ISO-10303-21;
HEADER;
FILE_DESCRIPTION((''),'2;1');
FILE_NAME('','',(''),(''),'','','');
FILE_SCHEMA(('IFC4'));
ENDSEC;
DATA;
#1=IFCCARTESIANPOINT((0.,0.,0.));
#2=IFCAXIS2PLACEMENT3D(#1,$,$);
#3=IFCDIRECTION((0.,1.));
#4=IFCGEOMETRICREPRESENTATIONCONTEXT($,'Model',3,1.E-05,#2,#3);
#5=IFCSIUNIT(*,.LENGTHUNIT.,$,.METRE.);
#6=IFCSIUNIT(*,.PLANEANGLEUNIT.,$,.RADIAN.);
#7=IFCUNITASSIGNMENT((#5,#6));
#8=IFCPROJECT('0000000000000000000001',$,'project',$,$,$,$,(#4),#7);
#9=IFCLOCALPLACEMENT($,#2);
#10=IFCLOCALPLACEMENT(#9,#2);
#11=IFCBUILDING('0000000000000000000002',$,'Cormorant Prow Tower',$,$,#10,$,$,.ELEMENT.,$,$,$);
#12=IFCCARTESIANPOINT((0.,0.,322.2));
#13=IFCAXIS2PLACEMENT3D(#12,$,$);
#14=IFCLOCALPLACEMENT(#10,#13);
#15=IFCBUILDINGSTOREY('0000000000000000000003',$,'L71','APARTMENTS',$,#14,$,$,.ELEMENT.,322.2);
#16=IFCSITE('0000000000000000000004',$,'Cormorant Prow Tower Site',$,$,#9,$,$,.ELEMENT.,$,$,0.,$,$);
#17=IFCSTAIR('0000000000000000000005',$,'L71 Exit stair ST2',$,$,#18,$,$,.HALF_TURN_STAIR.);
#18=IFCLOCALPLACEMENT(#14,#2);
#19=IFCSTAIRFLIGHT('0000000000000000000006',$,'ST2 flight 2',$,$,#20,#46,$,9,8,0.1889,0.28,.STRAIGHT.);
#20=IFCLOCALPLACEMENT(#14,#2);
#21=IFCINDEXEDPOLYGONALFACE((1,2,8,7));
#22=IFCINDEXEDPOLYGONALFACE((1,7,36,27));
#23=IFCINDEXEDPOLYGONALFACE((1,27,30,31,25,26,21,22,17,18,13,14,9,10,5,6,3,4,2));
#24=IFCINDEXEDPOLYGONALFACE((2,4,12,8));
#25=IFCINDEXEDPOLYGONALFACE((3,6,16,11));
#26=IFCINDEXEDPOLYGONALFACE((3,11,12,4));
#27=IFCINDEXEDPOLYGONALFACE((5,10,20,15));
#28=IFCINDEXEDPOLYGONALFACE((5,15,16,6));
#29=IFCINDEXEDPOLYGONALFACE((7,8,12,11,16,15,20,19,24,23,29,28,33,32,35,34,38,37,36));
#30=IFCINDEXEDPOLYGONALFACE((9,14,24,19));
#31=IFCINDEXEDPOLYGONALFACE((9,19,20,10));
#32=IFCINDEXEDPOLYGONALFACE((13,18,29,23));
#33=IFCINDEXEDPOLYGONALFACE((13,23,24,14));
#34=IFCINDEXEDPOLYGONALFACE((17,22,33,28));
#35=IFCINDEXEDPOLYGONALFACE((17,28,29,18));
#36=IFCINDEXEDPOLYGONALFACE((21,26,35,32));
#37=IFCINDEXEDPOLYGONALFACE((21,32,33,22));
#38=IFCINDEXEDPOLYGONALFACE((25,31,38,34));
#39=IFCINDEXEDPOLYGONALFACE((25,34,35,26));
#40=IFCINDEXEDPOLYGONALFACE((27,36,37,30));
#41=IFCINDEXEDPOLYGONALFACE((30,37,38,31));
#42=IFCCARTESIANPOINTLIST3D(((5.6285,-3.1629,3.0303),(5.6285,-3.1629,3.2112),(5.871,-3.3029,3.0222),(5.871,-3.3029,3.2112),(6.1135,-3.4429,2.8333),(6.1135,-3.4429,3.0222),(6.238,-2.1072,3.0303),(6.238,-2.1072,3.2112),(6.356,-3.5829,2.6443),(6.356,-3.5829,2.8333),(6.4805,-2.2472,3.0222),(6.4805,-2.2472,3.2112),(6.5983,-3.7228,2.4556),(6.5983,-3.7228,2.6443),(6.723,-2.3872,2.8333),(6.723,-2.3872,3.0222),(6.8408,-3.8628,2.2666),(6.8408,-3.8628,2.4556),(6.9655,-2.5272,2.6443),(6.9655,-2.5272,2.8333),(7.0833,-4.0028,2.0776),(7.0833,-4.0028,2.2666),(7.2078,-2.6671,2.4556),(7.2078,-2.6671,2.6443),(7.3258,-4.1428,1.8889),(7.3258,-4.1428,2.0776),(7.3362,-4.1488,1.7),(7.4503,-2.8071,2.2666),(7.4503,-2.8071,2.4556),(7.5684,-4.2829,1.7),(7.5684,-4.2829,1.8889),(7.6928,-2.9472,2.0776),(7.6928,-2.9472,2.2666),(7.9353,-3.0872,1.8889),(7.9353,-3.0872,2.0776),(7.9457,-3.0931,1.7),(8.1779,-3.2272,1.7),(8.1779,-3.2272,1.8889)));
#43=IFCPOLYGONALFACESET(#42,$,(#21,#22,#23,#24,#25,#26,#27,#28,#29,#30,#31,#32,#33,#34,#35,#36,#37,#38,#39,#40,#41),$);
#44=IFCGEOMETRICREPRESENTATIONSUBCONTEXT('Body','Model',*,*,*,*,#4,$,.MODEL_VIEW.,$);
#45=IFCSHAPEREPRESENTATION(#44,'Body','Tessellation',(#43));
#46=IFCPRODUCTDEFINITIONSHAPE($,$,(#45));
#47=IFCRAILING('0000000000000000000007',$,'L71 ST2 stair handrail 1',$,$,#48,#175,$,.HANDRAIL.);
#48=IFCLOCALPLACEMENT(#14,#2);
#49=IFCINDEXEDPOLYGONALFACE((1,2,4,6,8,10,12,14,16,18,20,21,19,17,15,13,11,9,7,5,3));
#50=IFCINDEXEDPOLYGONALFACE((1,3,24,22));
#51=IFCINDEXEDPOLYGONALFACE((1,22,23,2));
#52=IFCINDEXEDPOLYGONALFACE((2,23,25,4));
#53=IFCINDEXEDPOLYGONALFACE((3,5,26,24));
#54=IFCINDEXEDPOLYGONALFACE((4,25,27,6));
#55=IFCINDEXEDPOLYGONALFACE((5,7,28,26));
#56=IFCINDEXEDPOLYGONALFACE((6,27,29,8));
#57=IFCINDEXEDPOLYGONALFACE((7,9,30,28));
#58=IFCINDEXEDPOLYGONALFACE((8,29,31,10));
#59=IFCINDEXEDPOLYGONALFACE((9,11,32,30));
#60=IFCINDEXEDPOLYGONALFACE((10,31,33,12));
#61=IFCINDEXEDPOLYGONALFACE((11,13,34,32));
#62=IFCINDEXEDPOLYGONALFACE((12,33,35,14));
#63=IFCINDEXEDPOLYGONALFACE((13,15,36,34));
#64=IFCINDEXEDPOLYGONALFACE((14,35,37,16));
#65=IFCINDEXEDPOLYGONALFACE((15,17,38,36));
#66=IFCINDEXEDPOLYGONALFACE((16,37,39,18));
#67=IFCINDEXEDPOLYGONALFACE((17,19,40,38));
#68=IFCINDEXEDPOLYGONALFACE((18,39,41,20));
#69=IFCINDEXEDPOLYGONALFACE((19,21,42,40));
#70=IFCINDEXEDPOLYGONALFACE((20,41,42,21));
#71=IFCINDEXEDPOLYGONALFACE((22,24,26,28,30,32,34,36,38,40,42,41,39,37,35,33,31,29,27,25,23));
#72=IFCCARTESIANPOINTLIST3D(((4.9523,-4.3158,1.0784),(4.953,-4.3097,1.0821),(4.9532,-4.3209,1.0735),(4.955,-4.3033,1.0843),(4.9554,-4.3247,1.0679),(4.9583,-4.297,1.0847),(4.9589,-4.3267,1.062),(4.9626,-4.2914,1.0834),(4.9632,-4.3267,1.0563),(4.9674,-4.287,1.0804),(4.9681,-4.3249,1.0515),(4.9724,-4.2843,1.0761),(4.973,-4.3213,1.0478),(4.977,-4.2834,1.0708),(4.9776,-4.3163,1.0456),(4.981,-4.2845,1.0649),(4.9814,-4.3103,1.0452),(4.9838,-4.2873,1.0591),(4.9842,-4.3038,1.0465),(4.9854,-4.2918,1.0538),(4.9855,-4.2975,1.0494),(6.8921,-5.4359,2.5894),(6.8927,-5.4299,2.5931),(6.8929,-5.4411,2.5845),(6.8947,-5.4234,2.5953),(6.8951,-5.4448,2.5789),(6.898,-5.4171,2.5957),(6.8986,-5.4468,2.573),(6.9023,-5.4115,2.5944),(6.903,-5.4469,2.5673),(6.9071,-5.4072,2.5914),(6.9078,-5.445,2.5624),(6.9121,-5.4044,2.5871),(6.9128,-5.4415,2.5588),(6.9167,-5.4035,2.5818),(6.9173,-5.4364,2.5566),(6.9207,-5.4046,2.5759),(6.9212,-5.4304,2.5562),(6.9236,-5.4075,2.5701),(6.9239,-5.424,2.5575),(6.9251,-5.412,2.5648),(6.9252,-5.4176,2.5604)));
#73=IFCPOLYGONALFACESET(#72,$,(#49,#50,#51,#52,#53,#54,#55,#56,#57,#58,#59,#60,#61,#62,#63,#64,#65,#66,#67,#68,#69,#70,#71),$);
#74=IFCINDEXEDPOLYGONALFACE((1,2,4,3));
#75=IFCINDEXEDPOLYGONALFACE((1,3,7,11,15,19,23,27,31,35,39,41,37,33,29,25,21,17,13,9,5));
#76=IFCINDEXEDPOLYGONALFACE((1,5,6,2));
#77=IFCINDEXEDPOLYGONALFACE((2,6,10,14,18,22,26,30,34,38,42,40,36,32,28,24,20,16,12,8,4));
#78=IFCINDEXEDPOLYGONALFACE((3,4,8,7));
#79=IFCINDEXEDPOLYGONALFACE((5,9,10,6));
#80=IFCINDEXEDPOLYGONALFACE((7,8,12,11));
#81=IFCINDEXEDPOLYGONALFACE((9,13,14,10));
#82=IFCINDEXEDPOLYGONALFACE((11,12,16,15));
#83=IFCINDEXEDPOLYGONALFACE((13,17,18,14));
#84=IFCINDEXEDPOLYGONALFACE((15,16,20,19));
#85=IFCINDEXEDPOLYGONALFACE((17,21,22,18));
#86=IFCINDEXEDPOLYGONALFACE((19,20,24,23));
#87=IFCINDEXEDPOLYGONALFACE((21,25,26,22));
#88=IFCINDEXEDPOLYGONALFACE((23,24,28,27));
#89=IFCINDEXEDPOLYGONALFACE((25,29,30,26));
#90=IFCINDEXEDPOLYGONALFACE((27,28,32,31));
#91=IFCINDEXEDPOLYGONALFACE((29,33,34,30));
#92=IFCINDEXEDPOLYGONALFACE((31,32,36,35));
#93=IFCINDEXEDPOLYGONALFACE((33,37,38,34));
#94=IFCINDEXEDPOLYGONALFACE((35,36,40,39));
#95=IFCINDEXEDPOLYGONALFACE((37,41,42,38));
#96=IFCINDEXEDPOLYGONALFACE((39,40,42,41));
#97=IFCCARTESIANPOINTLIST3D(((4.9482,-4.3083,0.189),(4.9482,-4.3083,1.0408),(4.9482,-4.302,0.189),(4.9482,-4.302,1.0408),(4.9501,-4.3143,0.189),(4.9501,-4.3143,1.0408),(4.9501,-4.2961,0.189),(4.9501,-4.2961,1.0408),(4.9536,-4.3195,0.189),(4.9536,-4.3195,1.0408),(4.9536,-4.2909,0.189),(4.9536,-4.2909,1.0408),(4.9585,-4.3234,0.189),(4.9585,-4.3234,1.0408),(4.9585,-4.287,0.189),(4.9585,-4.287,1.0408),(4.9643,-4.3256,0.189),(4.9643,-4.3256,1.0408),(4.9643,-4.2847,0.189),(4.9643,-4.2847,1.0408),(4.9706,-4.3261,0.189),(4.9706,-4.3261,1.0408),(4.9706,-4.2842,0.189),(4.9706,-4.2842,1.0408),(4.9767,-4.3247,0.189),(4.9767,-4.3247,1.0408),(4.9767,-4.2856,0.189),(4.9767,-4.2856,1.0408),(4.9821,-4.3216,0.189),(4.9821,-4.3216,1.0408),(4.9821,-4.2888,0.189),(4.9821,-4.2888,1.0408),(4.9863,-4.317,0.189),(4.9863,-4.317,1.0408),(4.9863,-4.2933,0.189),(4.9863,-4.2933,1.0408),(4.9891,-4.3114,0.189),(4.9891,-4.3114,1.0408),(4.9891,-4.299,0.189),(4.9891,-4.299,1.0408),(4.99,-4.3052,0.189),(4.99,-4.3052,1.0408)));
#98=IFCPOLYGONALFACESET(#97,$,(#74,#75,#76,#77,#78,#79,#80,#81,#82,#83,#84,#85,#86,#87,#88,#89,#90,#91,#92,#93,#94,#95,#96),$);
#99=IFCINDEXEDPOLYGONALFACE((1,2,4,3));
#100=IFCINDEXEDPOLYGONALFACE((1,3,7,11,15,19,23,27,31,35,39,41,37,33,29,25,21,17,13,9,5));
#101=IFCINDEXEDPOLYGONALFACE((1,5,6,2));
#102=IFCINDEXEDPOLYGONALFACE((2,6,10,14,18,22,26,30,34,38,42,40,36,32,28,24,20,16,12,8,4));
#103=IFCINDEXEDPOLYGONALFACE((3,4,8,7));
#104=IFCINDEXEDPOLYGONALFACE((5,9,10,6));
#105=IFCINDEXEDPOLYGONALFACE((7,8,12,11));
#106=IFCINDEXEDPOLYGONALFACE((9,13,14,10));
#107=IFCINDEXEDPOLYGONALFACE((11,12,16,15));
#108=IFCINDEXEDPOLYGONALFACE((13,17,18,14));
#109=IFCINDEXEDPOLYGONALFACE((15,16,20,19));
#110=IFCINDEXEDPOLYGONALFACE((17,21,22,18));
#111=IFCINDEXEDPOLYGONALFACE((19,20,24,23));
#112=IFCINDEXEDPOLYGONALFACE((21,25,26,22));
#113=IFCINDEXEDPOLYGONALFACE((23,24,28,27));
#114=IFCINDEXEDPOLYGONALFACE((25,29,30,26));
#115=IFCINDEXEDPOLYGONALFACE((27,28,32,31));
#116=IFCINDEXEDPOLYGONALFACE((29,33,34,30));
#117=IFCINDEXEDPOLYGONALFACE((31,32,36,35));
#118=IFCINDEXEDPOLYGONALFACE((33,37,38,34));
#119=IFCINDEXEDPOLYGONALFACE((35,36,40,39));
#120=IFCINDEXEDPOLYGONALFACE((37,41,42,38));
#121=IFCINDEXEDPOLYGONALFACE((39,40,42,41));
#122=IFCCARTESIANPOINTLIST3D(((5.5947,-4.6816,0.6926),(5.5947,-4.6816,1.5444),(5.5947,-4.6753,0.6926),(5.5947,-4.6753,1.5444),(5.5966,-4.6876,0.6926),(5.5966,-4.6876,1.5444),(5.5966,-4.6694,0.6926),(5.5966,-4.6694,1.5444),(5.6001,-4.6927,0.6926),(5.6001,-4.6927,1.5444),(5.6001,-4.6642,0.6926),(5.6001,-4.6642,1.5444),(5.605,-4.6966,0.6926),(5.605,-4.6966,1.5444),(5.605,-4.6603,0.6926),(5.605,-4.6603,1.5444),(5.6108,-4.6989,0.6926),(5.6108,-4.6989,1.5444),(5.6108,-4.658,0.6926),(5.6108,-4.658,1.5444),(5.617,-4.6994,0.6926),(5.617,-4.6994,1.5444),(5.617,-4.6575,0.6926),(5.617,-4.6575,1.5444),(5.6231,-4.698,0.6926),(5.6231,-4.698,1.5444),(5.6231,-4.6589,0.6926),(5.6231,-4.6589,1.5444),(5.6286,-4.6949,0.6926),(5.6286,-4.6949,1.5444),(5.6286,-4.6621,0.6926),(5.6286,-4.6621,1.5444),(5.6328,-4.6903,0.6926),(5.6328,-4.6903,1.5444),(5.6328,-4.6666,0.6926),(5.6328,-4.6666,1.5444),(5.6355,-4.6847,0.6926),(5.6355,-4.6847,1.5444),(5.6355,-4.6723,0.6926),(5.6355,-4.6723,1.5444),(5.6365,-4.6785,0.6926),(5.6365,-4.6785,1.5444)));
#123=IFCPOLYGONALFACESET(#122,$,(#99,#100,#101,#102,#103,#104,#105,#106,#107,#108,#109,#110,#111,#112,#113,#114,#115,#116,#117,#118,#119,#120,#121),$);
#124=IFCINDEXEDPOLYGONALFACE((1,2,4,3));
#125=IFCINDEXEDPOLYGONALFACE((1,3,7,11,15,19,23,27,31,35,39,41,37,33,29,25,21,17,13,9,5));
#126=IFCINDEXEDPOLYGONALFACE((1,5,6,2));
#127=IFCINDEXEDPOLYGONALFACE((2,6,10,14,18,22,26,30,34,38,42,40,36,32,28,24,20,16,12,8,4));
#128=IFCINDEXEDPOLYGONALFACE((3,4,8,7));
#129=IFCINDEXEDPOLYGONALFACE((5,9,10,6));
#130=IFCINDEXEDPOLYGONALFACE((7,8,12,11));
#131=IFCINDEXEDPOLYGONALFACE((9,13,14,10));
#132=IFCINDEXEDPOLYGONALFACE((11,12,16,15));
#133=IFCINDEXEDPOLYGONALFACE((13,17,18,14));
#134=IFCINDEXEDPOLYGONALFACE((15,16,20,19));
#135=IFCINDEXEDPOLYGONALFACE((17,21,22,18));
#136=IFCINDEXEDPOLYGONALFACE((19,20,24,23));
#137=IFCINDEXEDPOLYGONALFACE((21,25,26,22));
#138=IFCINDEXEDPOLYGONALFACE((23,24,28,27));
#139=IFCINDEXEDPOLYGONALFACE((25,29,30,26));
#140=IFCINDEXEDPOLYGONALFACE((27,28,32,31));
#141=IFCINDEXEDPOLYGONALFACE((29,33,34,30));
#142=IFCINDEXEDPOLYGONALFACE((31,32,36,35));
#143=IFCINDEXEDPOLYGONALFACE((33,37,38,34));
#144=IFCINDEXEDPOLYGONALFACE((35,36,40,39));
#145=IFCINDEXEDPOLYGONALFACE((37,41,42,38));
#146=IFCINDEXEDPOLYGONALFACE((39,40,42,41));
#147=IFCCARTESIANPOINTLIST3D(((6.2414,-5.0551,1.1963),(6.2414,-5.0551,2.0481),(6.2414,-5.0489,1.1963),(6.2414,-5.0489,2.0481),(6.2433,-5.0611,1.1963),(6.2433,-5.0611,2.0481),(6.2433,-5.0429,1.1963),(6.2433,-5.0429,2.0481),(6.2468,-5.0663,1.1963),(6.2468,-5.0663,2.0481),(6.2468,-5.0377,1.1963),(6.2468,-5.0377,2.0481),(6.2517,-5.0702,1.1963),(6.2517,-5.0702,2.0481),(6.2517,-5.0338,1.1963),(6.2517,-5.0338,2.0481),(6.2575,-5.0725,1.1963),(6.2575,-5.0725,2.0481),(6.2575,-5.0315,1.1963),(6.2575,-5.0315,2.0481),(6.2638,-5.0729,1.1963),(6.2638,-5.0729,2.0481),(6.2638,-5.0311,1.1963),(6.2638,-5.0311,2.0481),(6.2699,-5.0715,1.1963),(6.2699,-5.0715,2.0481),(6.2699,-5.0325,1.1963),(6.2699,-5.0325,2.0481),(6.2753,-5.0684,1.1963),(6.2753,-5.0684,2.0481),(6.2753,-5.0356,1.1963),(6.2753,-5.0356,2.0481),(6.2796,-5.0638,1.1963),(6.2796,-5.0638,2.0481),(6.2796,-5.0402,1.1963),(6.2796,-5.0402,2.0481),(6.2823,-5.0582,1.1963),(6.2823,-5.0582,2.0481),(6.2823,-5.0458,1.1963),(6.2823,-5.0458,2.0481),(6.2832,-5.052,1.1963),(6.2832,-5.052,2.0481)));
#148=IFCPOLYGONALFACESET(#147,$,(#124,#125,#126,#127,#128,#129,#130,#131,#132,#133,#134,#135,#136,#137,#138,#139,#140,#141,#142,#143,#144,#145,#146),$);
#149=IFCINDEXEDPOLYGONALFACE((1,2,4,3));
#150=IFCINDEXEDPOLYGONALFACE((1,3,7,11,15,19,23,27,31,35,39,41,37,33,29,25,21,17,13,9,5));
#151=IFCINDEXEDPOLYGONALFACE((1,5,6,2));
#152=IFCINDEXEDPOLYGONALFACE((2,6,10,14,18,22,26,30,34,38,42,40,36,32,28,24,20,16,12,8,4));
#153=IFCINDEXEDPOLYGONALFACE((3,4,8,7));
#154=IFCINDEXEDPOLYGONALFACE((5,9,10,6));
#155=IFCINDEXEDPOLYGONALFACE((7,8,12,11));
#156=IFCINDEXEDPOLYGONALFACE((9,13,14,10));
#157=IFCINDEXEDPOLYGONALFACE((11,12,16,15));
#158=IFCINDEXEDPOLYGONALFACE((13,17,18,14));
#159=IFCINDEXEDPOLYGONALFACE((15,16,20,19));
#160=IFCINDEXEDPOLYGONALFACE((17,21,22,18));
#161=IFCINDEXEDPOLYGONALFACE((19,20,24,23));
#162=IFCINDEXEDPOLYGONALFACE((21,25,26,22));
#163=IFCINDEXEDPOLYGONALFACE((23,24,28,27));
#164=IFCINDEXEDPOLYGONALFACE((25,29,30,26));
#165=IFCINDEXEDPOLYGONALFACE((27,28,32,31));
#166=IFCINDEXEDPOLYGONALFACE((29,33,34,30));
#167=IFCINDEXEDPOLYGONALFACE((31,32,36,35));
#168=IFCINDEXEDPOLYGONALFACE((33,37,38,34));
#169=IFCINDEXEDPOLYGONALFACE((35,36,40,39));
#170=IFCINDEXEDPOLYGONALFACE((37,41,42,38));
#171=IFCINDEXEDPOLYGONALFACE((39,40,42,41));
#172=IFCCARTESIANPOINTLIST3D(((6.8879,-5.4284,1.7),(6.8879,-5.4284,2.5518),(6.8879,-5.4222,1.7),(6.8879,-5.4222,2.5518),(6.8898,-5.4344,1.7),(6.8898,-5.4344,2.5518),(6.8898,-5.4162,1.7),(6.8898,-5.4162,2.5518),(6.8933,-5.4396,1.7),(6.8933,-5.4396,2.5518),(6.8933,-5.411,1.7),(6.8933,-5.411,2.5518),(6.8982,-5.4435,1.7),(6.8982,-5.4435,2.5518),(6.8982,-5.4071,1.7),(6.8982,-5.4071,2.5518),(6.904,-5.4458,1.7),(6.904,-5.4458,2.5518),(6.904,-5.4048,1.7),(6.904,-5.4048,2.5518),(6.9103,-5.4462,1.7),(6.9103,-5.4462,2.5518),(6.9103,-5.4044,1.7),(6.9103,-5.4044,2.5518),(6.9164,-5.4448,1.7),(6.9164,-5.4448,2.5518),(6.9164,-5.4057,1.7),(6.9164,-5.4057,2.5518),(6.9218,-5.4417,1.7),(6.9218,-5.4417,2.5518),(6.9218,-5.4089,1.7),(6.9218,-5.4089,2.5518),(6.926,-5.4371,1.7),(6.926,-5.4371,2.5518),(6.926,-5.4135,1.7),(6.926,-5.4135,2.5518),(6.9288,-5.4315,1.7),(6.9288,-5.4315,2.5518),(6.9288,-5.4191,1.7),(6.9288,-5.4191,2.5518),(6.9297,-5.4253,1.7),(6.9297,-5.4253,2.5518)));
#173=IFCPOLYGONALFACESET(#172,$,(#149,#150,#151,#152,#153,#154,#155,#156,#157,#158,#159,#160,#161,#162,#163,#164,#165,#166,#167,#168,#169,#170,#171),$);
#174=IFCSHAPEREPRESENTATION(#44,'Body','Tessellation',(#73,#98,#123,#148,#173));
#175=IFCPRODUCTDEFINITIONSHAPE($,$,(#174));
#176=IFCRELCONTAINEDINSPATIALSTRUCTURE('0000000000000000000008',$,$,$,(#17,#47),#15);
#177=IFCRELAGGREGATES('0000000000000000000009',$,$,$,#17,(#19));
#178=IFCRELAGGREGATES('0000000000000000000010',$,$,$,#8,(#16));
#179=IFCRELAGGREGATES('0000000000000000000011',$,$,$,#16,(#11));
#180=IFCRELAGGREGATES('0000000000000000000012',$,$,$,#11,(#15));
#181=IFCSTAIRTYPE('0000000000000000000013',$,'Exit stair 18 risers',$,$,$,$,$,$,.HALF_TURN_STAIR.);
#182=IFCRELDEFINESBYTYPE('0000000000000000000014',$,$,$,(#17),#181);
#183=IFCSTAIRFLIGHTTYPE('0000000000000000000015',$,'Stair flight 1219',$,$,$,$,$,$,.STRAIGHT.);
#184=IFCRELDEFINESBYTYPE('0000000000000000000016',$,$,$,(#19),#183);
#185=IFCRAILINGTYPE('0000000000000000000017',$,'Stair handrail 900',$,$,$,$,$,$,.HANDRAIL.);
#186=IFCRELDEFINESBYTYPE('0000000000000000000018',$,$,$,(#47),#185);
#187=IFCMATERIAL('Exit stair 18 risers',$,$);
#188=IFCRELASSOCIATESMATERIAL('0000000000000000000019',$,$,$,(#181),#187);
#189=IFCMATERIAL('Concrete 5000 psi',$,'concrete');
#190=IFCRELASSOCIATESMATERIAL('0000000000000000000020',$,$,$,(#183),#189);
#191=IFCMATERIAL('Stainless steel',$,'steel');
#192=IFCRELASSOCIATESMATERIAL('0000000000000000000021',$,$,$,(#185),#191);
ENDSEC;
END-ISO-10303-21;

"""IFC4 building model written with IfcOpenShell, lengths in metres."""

from ifc_helpers import new_model, si_unit, direction, frame, origin, origin_2d, place, context, subcontext, project, spatial, polyline, circle, outline, extrude, material, type_object, element, aggregate, save


model = new_model("IFC4")

# Units and contexts
model_context = context("Model", 3, precision=1e-05, world=origin(), true_north=direction((0.0, 1.0)))
body_context = subcontext(model_context, "Body", "Model", "MODEL_VIEW")
ifc_project = project(units=[si_unit("LENGTHUNIT", "METRE"), si_unit("PLANEANGLEUNIT", "RADIAN")], contexts=[model_context])

# Site, building, storey
site_placement = place(None, origin())
site = spatial("IfcSite", under=ifc_project, at=site_placement, Name="Cormorant Prow Tower Site", CompositionType="ELEMENT", RefElevation=0.0)
building_placement = place(site_placement, origin())
building = spatial("IfcBuilding", under=site, at=building_placement, Name="Cormorant Prow Tower", CompositionType="ELEMENT")
storey_placement = place(building_placement, frame((0.0, 0.0, 322.2)))
storey = spatial("IfcBuildingStorey", under=building, at=storey_placement, Name="L71", Description="APARTMENTS", CompositionType="ELEMENT", Elevation=322.2)

# Stair, stair flight
ifc_material_1 = material(Name="Exit stair 18 risers")
stair_type = type_object("IfcStairType", Name="Exit stair 18 risers", PredefinedType="HALF_TURN_STAIR", material=ifc_material_1)
stair_placement = place(storey_placement, origin())
stair = element("IfcStair", 1, at=stair_placement, inside=storey, type_object=stair_type, Name="L71 Exit stair ST2", PredefinedType="HALF_TURN_STAIR")
ifc_material_2 = material(Name="Concrete 5000 psi", Category="concrete")
stair_flight_type = type_object("IfcStairFlightType", Name="Stair flight 1219", PredefinedType="STRAIGHT", material=ifc_material_2)
stair_flight_1_placement = place(storey_placement, frame((7.873, -3.7551, 1.7), z_axis=(0.0, 0.0, 1.0), x_axis=(-0.866025, 0.5, 0.0)))
stair_flight_1 = element("IfcStairFlight", 2, at=stair_flight_1_placement, type_object=stair_flight_type, Name="ST2 flight 2", NumberOfRisers=9, NumberOfTreads=8, PredefinedType="STRAIGHT", RiserHeight=0.1889, TreadLength=0.28, context=body_context, shape_type="SweptSolid", body=[
    extrude(outline(polyline([(0.0, 0.0), (0.0, 0.189), (0.28, 0.189), (0.28, 0.3777), (0.5601, 0.3777), (0.5601, 0.5667), (0.8401, 0.5667), (0.8401, 0.7556), (1.1201, 0.7556), (1.1201, 0.9443), (1.3999, 0.9443), (1.3999, 1.1333), (1.6799, 1.1333), (1.6799, 1.3223), (1.96, 1.3223), (1.96, 1.5112), (2.24, 1.5112), (2.24, 1.7), (2.24, 1.3303), (0.2681, 0.0), (0.0, 0.0)])), frame((0.0, 0.6094, 0.0), z_axis=(0.0, -1.0, 0.0), x_axis=(1.0, 0.0, 0.0)), (0.0, 0.0, 1.0), 1.219),
])
aggregate(stair, [stair_flight_1])

# Railing
ifc_material_3 = material(Name="Stainless steel", Category="steel")
railing_type_1 = type_object("IfcRailingType", Name="Stair handrail 900", PredefinedType="HANDRAIL", material=ifc_material_3)
railing_1_placement = place(storey_placement, frame((4.969, -4.3052, 0.189)))
element("IfcRailing", 3, at=railing_1_placement, inside=storey, type_object=railing_type_1, Name="L71 ST2 stair handrail 1", PredefinedType="HANDRAIL", context=body_context, shape_type="SweptSolid", body=[
    extrude(circle(Radius=0.0239, at=origin_2d()), frame((0.0, 0.0, 0.876), z_axis=(0.717906, -0.414569, 0.559235), x_axis=(0.500078, 0.86598, 0.0)), (0.0, 0.0, 1.0), 2.7019),
    extrude(circle(Radius=0.021, at=origin_2d()), origin(), (0.0, 0.0, 1.0), 0.8518),
    extrude(circle(Radius=0.021, at=origin_2d()), frame((0.6465, -0.3733, 0.5037)), (0.0, 0.0, 1.0), 0.8518),
    extrude(circle(Radius=0.021, at=origin_2d()), frame((1.2932, -0.7468, 1.0073)), (0.0, 0.0, 1.0), 0.8518),
    extrude(circle(Radius=0.021, at=origin_2d()), frame((1.9397, -1.1201, 1.511)), (0.0, 0.0, 1.0), 0.8518),
])

save(model, "model.ifc")
